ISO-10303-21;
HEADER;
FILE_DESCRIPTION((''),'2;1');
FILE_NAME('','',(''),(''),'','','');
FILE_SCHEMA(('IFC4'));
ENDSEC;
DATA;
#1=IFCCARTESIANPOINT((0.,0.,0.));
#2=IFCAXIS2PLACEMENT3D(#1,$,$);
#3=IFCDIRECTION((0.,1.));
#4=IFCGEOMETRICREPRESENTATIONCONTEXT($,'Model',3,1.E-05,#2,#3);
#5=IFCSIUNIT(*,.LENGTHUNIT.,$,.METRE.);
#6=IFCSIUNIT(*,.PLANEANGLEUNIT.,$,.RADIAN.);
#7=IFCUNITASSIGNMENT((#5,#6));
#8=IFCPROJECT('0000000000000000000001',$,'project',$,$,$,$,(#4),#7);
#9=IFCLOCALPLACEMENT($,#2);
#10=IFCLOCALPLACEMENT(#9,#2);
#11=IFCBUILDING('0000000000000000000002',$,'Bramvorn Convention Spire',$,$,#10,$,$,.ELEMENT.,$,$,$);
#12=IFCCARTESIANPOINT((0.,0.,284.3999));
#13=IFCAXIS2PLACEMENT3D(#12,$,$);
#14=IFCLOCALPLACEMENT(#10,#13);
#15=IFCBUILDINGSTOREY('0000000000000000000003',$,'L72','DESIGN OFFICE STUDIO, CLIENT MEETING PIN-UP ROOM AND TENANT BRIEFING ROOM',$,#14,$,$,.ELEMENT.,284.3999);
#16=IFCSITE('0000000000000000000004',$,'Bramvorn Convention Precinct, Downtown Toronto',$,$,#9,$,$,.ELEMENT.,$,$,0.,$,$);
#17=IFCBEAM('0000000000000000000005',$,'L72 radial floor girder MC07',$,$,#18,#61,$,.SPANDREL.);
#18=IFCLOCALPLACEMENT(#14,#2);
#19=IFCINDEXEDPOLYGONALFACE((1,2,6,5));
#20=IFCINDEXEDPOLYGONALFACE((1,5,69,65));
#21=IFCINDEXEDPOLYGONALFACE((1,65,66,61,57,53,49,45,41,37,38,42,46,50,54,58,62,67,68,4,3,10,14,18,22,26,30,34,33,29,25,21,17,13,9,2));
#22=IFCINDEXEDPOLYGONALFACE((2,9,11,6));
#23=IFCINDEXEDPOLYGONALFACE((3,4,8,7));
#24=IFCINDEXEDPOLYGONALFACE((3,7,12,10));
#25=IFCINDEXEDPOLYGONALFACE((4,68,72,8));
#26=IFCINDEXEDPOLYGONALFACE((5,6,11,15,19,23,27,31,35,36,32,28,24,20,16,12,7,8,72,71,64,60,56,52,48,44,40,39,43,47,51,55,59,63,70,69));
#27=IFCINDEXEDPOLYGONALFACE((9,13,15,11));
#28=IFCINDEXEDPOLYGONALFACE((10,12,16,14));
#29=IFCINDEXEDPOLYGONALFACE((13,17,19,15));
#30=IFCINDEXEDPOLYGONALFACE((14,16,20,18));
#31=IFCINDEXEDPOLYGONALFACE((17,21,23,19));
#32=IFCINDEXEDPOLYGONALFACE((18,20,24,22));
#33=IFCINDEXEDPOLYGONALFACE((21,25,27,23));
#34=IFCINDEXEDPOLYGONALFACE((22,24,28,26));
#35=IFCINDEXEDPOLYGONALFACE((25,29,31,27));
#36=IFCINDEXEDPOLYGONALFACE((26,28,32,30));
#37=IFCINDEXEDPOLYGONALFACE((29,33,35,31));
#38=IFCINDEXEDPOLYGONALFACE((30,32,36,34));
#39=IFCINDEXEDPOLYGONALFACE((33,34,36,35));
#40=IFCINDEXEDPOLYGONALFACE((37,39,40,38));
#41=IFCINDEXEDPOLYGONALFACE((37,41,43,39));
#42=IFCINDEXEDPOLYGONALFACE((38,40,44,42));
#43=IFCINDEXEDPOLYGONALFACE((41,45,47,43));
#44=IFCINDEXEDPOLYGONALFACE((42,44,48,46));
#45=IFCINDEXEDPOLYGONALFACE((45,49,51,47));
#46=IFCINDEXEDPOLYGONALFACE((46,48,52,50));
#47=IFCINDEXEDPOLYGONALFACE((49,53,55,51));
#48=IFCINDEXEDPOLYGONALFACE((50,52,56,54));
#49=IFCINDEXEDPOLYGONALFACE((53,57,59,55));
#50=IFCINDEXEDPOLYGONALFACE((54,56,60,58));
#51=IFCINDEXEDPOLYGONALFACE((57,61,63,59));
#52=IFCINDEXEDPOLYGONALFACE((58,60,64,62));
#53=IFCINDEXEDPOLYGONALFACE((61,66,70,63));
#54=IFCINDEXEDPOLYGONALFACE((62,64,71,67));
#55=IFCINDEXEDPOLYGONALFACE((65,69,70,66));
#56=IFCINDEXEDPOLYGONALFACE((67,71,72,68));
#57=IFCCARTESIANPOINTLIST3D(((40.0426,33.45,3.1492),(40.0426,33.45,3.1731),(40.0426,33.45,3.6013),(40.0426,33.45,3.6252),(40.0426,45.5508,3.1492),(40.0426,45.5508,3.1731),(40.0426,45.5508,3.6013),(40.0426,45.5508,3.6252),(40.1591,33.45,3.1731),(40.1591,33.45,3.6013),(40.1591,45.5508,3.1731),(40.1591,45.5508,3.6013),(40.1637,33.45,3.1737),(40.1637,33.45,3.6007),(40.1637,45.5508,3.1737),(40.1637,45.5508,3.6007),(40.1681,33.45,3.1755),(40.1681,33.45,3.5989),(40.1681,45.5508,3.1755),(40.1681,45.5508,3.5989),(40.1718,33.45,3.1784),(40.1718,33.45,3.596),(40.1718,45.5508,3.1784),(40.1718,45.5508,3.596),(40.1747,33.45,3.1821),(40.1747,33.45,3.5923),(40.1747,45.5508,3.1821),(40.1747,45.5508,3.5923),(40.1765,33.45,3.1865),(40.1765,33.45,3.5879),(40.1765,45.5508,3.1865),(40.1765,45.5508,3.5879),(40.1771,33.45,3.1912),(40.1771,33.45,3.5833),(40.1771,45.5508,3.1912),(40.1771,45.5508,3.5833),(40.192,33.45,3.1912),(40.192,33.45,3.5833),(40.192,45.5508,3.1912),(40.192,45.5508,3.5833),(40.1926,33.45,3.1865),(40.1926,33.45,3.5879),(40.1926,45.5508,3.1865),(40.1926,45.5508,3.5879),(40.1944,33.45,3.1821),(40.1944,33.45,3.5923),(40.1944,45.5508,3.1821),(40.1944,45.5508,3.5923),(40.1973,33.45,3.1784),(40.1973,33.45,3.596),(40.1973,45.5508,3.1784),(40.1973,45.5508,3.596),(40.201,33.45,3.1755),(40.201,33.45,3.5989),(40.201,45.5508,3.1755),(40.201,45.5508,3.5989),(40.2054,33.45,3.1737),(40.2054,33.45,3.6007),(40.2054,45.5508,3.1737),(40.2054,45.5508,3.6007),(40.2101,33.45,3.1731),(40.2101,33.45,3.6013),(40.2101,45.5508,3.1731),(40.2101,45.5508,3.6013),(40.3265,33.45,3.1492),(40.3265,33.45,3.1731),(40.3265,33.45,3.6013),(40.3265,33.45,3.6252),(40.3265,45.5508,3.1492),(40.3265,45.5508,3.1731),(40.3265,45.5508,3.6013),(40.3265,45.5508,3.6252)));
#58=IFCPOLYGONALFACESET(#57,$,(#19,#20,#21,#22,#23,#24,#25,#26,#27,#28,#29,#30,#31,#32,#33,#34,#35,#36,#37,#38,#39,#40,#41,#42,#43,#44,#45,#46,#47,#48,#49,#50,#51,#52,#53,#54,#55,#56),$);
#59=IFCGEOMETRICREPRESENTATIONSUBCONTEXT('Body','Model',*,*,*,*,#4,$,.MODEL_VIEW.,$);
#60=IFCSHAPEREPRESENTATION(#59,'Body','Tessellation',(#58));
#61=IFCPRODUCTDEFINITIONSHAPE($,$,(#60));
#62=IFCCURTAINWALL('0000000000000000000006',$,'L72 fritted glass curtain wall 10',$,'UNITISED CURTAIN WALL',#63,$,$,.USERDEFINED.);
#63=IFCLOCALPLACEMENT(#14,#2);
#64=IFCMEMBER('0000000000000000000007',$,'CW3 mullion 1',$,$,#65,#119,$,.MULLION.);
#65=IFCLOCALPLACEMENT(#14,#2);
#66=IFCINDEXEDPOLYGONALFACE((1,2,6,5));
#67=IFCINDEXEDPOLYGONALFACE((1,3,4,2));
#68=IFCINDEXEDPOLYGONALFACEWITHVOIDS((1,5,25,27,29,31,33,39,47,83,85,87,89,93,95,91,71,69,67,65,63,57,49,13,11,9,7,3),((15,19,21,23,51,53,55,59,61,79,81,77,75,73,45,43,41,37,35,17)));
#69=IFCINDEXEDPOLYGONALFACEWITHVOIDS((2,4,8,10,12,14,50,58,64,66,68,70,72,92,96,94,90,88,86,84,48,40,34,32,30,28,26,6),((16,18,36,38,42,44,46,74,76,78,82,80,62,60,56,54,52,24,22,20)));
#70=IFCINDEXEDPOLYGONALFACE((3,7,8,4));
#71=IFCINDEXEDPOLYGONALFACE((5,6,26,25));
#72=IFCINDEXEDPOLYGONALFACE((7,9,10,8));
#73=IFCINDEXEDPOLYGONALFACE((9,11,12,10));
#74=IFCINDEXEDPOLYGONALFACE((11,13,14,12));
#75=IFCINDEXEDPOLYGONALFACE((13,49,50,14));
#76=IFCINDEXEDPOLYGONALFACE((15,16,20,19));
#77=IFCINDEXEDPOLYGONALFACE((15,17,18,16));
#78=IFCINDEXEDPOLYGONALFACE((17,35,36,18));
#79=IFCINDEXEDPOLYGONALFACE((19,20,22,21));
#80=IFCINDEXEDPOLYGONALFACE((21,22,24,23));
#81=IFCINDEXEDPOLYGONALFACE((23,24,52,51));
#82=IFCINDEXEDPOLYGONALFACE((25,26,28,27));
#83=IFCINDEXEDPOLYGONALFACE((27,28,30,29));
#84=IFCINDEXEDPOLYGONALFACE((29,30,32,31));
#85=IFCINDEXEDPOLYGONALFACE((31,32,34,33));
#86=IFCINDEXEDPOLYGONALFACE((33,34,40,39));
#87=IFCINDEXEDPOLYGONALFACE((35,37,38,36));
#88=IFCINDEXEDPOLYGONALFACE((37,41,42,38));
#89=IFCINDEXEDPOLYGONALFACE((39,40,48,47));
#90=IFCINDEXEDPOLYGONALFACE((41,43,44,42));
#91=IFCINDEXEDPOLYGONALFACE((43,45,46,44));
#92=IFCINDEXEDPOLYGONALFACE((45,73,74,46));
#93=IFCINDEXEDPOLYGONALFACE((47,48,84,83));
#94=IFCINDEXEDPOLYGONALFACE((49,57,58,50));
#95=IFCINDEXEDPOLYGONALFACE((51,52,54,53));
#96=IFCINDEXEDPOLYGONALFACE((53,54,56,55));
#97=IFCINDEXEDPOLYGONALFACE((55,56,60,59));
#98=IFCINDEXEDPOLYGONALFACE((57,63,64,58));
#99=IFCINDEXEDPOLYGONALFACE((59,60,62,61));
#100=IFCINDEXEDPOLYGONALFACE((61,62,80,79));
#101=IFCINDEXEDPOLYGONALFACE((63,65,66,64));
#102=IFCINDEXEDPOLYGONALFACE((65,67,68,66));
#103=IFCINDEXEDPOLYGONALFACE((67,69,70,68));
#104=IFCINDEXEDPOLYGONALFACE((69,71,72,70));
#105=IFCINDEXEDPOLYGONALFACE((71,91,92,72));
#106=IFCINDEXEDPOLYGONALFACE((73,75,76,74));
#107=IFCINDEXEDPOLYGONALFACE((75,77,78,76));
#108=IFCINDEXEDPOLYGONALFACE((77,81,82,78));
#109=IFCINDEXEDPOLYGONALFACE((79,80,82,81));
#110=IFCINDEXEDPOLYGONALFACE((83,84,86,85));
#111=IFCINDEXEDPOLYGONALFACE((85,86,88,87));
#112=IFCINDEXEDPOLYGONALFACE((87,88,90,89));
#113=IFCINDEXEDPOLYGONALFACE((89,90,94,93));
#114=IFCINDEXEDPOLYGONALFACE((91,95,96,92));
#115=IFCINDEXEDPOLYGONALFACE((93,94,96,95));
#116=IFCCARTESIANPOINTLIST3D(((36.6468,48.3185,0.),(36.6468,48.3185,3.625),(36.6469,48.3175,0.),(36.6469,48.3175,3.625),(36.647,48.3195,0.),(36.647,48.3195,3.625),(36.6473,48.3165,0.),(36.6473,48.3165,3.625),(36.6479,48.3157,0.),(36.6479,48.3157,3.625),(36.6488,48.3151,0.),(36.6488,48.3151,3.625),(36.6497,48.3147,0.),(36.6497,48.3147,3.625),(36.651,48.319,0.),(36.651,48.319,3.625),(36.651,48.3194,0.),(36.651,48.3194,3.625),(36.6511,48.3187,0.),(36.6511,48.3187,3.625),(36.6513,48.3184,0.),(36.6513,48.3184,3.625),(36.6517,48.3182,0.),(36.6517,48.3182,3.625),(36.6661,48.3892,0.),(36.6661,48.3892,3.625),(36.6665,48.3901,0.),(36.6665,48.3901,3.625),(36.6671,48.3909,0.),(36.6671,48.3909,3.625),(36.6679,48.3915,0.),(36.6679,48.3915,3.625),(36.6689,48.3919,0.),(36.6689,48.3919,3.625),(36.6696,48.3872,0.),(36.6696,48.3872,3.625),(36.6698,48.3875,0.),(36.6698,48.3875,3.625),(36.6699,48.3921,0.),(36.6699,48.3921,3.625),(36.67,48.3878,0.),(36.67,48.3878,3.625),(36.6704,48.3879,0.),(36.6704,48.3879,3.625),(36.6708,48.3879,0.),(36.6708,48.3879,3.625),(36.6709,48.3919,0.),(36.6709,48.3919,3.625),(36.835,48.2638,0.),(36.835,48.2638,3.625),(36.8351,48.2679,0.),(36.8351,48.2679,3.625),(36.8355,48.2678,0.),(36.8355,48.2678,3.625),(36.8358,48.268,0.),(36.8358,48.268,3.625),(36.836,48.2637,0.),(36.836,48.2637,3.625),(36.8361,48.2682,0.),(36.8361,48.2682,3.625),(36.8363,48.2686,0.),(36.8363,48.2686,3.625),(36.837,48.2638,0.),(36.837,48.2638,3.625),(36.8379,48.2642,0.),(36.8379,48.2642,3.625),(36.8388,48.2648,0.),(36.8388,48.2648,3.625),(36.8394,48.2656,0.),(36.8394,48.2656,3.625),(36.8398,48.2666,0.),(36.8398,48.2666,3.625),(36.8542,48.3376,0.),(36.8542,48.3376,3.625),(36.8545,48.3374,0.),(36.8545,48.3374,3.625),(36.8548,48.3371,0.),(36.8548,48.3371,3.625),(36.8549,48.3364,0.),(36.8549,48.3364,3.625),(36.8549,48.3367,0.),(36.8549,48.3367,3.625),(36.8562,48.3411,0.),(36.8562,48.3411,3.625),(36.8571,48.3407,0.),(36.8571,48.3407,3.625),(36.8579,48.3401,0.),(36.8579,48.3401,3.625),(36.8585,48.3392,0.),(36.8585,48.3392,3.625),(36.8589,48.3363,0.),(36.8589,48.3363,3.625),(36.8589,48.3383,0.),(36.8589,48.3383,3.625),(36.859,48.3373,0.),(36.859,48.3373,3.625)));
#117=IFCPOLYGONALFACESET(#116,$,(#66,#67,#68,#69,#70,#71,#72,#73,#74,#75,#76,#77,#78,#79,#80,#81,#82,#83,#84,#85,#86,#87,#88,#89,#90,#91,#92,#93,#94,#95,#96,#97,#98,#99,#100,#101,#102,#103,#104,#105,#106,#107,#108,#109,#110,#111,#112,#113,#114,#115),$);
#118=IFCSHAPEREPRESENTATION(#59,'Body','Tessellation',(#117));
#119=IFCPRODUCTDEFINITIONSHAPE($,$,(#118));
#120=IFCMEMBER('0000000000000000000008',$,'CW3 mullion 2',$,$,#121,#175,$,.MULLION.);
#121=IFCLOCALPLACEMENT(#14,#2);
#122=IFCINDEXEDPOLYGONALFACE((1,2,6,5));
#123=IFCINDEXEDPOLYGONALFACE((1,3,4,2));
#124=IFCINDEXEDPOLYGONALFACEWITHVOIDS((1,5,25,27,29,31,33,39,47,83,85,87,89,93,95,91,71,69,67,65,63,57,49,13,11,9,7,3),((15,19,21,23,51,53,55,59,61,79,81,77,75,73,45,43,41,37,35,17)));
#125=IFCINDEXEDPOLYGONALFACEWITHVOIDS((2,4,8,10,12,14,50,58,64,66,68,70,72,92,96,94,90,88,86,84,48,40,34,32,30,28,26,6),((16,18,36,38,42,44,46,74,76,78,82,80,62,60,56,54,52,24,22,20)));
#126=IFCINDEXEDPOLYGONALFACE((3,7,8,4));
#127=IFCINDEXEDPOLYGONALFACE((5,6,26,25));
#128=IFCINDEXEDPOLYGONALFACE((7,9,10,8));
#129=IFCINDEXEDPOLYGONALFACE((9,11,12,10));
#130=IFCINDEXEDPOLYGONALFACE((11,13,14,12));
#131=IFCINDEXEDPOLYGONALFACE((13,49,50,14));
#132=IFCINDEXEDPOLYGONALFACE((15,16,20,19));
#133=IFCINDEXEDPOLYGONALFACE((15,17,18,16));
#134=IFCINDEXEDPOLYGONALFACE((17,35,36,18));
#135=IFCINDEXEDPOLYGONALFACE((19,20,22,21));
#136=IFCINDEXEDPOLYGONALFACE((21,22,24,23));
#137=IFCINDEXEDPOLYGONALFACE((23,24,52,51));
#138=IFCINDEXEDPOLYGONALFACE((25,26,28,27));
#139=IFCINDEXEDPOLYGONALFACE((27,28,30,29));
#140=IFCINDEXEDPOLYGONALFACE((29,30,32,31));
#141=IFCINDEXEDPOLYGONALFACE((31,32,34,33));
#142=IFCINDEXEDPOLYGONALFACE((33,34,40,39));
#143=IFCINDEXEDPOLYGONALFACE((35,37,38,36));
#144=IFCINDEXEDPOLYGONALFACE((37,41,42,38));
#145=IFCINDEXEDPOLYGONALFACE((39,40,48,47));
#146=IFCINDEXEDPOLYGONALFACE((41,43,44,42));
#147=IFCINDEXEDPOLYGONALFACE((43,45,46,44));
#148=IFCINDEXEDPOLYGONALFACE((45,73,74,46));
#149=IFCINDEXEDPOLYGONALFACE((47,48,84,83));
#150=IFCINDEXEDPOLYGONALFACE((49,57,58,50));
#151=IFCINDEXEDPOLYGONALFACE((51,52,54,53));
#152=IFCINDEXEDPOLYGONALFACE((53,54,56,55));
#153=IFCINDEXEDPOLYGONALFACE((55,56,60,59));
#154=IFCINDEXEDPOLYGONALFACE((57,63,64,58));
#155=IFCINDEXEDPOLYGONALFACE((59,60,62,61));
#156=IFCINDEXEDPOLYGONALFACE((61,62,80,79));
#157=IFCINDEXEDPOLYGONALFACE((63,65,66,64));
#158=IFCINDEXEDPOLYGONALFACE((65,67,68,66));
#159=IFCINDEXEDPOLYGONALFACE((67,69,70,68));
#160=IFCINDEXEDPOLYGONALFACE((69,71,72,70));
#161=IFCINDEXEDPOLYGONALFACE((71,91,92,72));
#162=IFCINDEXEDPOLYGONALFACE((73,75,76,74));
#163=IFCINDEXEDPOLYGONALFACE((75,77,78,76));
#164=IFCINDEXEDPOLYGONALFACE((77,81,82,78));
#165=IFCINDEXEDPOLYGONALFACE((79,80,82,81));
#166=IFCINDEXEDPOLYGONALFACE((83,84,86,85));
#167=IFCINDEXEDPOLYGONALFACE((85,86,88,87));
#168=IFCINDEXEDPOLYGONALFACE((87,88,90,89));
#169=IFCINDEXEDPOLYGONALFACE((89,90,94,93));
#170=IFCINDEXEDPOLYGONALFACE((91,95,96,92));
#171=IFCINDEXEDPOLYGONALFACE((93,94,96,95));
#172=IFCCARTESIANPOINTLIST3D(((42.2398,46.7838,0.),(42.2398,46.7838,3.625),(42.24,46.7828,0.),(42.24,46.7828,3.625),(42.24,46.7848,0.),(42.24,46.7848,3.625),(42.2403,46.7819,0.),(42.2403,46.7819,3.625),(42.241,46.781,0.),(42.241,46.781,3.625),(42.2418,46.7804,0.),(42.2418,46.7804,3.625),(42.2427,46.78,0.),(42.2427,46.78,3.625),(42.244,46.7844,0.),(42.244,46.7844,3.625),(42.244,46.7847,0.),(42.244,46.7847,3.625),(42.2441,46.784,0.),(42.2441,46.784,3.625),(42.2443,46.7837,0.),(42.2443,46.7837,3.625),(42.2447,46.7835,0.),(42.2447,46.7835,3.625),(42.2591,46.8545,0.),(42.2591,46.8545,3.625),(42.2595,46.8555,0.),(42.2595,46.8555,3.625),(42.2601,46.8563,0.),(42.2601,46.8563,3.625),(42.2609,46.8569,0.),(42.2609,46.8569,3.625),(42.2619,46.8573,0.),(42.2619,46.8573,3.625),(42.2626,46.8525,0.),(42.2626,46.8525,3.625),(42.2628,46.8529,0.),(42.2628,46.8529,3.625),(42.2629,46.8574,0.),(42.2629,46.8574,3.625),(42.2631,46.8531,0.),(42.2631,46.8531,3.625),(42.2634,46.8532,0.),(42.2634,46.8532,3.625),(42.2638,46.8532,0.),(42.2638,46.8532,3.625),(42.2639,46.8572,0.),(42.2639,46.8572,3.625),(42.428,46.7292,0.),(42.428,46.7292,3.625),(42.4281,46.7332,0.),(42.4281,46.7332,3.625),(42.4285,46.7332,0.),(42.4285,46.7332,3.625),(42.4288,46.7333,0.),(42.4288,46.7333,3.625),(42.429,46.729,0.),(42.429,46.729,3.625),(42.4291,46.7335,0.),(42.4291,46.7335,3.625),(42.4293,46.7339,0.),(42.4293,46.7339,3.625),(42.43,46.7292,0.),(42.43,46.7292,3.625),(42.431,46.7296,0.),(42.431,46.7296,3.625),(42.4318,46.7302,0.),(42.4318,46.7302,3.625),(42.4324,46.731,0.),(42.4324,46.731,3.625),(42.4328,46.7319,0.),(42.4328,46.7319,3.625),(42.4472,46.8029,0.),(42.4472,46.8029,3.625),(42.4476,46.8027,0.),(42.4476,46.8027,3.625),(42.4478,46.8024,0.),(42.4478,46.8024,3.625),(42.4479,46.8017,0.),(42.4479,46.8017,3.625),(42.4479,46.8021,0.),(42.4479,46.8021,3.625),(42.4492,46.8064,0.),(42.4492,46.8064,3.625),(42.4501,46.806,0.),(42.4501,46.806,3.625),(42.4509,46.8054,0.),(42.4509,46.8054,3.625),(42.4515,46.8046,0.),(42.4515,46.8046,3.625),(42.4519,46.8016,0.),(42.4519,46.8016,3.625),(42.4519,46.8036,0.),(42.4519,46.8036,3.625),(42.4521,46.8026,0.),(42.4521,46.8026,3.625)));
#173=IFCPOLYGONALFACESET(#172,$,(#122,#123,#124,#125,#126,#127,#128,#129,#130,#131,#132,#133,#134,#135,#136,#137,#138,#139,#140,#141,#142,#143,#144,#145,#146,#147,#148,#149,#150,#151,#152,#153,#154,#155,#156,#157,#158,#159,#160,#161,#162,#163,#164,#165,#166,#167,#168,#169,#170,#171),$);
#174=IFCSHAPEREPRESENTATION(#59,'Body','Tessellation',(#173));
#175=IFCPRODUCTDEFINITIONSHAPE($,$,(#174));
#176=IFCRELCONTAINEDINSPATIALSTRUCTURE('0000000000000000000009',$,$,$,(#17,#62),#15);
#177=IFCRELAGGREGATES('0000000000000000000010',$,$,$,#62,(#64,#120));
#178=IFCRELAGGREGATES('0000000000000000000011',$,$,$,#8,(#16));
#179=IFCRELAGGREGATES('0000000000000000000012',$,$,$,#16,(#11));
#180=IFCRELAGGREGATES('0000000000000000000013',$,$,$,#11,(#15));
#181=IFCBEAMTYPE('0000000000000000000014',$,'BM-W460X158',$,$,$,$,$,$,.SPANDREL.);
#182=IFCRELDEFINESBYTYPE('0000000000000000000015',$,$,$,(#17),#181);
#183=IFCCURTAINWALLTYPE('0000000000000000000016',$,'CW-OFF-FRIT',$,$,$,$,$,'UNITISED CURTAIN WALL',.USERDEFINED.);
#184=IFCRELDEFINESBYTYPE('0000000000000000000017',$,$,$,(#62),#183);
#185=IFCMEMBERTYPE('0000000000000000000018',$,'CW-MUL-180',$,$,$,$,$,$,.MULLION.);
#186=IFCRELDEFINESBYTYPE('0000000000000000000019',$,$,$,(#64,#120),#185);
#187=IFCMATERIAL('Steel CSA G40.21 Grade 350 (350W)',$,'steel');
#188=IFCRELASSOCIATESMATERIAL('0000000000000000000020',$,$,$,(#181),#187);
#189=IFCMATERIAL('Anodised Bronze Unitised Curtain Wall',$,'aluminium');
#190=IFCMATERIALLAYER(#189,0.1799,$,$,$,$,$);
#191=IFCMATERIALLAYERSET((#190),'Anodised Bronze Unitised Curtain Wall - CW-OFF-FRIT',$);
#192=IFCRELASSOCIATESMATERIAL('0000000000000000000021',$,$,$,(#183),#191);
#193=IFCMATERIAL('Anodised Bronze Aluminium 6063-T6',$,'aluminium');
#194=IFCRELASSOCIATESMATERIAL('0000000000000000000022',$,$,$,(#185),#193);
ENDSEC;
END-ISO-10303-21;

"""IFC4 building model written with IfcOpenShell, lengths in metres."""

from ifc_helpers import new_model, si_unit, direction, frame, origin, origin_2d, place, context, subcontext, project, spatial, hollow_rectangle, i_section, extrude, material, layer, layer_set, material_profile, profile_set, type_object, element, aggregate, save


model = new_model("IFC4")

# Units and contexts
model_context = context("Model", 3, precision=1e-05, world=origin(), true_north=direction((0.0, 1.0)))
body_context = subcontext(model_context, "Body", "Model", "MODEL_VIEW")
ifc_project = project(units=[si_unit("LENGTHUNIT", "METRE"), si_unit("PLANEANGLEUNIT", "RADIAN")], contexts=[model_context])

# Site, building, storey
site_placement = place(None, origin())
site = spatial("IfcSite", under=ifc_project, at=site_placement, Name="Bramvorn Convention Precinct, Downtown Toronto", CompositionType="ELEMENT", RefElevation=0.0)
building_placement = place(site_placement, origin())
building = spatial("IfcBuilding", under=site, at=building_placement, Name="Bramvorn Convention Spire", CompositionType="ELEMENT")
storey_placement = place(building_placement, frame((0.0, 0.0, 284.3999)))
storey = spatial("IfcBuildingStorey", under=building, at=storey_placement, Name="L72", Description="DESIGN OFFICE STUDIO, CLIENT MEETING PIN-UP ROOM AND TENANT BRIEFING ROOM", CompositionType="ELEMENT", Elevation=284.3999)

# Shared definitions
ifc_material_1 = material(Name="Steel CSA G40.21 Grade 350 (350W)", Category="steel")

# Beam
ifc_material_profile_1 = material_profile(ifc_material_1, i_section(OverallWidth=0.2839, OverallDepth=0.4761, WebThickness=0.0149, FlangeThickness=0.0239, FilletRadius=0.0181, at=origin_2d()))
ifc_profile_set_1 = profile_set([ifc_material_profile_1], Name="Steel CSA G40.21 Grade 350 (350W) - W460X158")
beam_type_1 = type_object("IfcBeamType", Name="BM-W460X158", PredefinedType="SPANDREL", material=ifc_profile_set_1)
beam_1_placement = place(storey_placement, frame((40.1846, 33.45, 3.3872), z_axis=(0.0, 1.0, 0.0), x_axis=(-1.0, 0.0, 0.0)))
element("IfcBeam", 1, at=beam_1_placement, inside=storey, type_object=beam_type_1, Name="L72 radial floor girder MC07", PredefinedType="SPANDREL", context=body_context, shape_type="SweptSolid", body=[
    extrude(i_section(OverallWidth=0.2839, OverallDepth=0.4761, WebThickness=0.0149, FlangeThickness=0.0239, FilletRadius=0.0181, at=origin_2d()), origin(), (0.0, 0.0, 1.0), 12.1008),
])

# Curtain wall, members
ifc_material_2 = material(Name="Anodised Bronze Unitised Curtain Wall", Category="aluminium")
ifc_layer_1 = layer(ifc_material_2, 0.1799)
ifc_layer_set_1 = layer_set([ifc_layer_1], Name="Anodised Bronze Unitised Curtain Wall - CW-OFF-FRIT")
curtain_wall_type = type_object("IfcCurtainWallType", Name="CW-OFF-FRIT", ElementType="UNITISED CURTAIN WALL", PredefinedType="USERDEFINED", material=ifc_layer_set_1)
curtain_wall_1_placement = place(storey_placement, origin())
curtain_wall_1 = element("IfcCurtainWall", 2, at=curtain_wall_1_placement, inside=storey, type_object=curtain_wall_type, Name="L72 fritted glass curtain wall 10", ObjectType="UNITISED CURTAIN WALL", PredefinedType="USERDEFINED")
ifc_material_3 = material(Name="Anodised Bronze Aluminium 6063-T6", Category="aluminium")
ifc_material_profile_2 = material_profile(ifc_material_3, hollow_rectangle(XDim=0.0801, YDim=0.2, WallThickness=0.0039, InnerFilletRadius=0.001, OuterFilletRadius=0.0039, at=origin_2d()))
ifc_profile_set_2 = profile_set([ifc_material_profile_2], Name="Anodised Bronze Aluminium 6063-T6 - CWM80X200")
member_type_1 = type_object("IfcMemberType", Name="CW-MUL-180", PredefinedType="MULLION", material=ifc_profile_set_2)
member_1_placement = place(storey_placement, frame((36.7529, 48.3279, 0.0), z_axis=(0.0, 0.0, 1.0), x_axis=(0.264609, 0.964356, 0.0)))
member_1 = element("IfcMember", 3, at=member_1_placement, type_object=member_type_1, Name="CW3 mullion 1", PredefinedType="MULLION", context=body_context, shape_type="SweptSolid", body=[
    extrude(hollow_rectangle(XDim=0.0801, YDim=0.2, WallThickness=0.0039, InnerFilletRadius=0.001, OuterFilletRadius=0.0039, at=origin_2d()), origin(), (0.0, 0.0, 1.0), 3.625),
])
member_2_placement = place(storey_placement, frame((42.3459, 46.7932, 0.0), z_axis=(0.0, 0.0, 1.0), x_axis=(0.264609, 0.964356, 0.0)))
member_2 = element("IfcMember", 4, at=member_2_placement, type_object=member_type_1, Name="CW3 mullion 2", PredefinedType="MULLION", context=body_context, shape_type="SweptSolid", body=[
    extrude(hollow_rectangle(XDim=0.0801, YDim=0.2, WallThickness=0.0039, InnerFilletRadius=0.001, OuterFilletRadius=0.0039, at=origin_2d()), origin(), (0.0, 0.0, 1.0), 3.625),
])

aggregate(curtain_wall_1, [member_1, member_2])

save(model, "model.ifc")
